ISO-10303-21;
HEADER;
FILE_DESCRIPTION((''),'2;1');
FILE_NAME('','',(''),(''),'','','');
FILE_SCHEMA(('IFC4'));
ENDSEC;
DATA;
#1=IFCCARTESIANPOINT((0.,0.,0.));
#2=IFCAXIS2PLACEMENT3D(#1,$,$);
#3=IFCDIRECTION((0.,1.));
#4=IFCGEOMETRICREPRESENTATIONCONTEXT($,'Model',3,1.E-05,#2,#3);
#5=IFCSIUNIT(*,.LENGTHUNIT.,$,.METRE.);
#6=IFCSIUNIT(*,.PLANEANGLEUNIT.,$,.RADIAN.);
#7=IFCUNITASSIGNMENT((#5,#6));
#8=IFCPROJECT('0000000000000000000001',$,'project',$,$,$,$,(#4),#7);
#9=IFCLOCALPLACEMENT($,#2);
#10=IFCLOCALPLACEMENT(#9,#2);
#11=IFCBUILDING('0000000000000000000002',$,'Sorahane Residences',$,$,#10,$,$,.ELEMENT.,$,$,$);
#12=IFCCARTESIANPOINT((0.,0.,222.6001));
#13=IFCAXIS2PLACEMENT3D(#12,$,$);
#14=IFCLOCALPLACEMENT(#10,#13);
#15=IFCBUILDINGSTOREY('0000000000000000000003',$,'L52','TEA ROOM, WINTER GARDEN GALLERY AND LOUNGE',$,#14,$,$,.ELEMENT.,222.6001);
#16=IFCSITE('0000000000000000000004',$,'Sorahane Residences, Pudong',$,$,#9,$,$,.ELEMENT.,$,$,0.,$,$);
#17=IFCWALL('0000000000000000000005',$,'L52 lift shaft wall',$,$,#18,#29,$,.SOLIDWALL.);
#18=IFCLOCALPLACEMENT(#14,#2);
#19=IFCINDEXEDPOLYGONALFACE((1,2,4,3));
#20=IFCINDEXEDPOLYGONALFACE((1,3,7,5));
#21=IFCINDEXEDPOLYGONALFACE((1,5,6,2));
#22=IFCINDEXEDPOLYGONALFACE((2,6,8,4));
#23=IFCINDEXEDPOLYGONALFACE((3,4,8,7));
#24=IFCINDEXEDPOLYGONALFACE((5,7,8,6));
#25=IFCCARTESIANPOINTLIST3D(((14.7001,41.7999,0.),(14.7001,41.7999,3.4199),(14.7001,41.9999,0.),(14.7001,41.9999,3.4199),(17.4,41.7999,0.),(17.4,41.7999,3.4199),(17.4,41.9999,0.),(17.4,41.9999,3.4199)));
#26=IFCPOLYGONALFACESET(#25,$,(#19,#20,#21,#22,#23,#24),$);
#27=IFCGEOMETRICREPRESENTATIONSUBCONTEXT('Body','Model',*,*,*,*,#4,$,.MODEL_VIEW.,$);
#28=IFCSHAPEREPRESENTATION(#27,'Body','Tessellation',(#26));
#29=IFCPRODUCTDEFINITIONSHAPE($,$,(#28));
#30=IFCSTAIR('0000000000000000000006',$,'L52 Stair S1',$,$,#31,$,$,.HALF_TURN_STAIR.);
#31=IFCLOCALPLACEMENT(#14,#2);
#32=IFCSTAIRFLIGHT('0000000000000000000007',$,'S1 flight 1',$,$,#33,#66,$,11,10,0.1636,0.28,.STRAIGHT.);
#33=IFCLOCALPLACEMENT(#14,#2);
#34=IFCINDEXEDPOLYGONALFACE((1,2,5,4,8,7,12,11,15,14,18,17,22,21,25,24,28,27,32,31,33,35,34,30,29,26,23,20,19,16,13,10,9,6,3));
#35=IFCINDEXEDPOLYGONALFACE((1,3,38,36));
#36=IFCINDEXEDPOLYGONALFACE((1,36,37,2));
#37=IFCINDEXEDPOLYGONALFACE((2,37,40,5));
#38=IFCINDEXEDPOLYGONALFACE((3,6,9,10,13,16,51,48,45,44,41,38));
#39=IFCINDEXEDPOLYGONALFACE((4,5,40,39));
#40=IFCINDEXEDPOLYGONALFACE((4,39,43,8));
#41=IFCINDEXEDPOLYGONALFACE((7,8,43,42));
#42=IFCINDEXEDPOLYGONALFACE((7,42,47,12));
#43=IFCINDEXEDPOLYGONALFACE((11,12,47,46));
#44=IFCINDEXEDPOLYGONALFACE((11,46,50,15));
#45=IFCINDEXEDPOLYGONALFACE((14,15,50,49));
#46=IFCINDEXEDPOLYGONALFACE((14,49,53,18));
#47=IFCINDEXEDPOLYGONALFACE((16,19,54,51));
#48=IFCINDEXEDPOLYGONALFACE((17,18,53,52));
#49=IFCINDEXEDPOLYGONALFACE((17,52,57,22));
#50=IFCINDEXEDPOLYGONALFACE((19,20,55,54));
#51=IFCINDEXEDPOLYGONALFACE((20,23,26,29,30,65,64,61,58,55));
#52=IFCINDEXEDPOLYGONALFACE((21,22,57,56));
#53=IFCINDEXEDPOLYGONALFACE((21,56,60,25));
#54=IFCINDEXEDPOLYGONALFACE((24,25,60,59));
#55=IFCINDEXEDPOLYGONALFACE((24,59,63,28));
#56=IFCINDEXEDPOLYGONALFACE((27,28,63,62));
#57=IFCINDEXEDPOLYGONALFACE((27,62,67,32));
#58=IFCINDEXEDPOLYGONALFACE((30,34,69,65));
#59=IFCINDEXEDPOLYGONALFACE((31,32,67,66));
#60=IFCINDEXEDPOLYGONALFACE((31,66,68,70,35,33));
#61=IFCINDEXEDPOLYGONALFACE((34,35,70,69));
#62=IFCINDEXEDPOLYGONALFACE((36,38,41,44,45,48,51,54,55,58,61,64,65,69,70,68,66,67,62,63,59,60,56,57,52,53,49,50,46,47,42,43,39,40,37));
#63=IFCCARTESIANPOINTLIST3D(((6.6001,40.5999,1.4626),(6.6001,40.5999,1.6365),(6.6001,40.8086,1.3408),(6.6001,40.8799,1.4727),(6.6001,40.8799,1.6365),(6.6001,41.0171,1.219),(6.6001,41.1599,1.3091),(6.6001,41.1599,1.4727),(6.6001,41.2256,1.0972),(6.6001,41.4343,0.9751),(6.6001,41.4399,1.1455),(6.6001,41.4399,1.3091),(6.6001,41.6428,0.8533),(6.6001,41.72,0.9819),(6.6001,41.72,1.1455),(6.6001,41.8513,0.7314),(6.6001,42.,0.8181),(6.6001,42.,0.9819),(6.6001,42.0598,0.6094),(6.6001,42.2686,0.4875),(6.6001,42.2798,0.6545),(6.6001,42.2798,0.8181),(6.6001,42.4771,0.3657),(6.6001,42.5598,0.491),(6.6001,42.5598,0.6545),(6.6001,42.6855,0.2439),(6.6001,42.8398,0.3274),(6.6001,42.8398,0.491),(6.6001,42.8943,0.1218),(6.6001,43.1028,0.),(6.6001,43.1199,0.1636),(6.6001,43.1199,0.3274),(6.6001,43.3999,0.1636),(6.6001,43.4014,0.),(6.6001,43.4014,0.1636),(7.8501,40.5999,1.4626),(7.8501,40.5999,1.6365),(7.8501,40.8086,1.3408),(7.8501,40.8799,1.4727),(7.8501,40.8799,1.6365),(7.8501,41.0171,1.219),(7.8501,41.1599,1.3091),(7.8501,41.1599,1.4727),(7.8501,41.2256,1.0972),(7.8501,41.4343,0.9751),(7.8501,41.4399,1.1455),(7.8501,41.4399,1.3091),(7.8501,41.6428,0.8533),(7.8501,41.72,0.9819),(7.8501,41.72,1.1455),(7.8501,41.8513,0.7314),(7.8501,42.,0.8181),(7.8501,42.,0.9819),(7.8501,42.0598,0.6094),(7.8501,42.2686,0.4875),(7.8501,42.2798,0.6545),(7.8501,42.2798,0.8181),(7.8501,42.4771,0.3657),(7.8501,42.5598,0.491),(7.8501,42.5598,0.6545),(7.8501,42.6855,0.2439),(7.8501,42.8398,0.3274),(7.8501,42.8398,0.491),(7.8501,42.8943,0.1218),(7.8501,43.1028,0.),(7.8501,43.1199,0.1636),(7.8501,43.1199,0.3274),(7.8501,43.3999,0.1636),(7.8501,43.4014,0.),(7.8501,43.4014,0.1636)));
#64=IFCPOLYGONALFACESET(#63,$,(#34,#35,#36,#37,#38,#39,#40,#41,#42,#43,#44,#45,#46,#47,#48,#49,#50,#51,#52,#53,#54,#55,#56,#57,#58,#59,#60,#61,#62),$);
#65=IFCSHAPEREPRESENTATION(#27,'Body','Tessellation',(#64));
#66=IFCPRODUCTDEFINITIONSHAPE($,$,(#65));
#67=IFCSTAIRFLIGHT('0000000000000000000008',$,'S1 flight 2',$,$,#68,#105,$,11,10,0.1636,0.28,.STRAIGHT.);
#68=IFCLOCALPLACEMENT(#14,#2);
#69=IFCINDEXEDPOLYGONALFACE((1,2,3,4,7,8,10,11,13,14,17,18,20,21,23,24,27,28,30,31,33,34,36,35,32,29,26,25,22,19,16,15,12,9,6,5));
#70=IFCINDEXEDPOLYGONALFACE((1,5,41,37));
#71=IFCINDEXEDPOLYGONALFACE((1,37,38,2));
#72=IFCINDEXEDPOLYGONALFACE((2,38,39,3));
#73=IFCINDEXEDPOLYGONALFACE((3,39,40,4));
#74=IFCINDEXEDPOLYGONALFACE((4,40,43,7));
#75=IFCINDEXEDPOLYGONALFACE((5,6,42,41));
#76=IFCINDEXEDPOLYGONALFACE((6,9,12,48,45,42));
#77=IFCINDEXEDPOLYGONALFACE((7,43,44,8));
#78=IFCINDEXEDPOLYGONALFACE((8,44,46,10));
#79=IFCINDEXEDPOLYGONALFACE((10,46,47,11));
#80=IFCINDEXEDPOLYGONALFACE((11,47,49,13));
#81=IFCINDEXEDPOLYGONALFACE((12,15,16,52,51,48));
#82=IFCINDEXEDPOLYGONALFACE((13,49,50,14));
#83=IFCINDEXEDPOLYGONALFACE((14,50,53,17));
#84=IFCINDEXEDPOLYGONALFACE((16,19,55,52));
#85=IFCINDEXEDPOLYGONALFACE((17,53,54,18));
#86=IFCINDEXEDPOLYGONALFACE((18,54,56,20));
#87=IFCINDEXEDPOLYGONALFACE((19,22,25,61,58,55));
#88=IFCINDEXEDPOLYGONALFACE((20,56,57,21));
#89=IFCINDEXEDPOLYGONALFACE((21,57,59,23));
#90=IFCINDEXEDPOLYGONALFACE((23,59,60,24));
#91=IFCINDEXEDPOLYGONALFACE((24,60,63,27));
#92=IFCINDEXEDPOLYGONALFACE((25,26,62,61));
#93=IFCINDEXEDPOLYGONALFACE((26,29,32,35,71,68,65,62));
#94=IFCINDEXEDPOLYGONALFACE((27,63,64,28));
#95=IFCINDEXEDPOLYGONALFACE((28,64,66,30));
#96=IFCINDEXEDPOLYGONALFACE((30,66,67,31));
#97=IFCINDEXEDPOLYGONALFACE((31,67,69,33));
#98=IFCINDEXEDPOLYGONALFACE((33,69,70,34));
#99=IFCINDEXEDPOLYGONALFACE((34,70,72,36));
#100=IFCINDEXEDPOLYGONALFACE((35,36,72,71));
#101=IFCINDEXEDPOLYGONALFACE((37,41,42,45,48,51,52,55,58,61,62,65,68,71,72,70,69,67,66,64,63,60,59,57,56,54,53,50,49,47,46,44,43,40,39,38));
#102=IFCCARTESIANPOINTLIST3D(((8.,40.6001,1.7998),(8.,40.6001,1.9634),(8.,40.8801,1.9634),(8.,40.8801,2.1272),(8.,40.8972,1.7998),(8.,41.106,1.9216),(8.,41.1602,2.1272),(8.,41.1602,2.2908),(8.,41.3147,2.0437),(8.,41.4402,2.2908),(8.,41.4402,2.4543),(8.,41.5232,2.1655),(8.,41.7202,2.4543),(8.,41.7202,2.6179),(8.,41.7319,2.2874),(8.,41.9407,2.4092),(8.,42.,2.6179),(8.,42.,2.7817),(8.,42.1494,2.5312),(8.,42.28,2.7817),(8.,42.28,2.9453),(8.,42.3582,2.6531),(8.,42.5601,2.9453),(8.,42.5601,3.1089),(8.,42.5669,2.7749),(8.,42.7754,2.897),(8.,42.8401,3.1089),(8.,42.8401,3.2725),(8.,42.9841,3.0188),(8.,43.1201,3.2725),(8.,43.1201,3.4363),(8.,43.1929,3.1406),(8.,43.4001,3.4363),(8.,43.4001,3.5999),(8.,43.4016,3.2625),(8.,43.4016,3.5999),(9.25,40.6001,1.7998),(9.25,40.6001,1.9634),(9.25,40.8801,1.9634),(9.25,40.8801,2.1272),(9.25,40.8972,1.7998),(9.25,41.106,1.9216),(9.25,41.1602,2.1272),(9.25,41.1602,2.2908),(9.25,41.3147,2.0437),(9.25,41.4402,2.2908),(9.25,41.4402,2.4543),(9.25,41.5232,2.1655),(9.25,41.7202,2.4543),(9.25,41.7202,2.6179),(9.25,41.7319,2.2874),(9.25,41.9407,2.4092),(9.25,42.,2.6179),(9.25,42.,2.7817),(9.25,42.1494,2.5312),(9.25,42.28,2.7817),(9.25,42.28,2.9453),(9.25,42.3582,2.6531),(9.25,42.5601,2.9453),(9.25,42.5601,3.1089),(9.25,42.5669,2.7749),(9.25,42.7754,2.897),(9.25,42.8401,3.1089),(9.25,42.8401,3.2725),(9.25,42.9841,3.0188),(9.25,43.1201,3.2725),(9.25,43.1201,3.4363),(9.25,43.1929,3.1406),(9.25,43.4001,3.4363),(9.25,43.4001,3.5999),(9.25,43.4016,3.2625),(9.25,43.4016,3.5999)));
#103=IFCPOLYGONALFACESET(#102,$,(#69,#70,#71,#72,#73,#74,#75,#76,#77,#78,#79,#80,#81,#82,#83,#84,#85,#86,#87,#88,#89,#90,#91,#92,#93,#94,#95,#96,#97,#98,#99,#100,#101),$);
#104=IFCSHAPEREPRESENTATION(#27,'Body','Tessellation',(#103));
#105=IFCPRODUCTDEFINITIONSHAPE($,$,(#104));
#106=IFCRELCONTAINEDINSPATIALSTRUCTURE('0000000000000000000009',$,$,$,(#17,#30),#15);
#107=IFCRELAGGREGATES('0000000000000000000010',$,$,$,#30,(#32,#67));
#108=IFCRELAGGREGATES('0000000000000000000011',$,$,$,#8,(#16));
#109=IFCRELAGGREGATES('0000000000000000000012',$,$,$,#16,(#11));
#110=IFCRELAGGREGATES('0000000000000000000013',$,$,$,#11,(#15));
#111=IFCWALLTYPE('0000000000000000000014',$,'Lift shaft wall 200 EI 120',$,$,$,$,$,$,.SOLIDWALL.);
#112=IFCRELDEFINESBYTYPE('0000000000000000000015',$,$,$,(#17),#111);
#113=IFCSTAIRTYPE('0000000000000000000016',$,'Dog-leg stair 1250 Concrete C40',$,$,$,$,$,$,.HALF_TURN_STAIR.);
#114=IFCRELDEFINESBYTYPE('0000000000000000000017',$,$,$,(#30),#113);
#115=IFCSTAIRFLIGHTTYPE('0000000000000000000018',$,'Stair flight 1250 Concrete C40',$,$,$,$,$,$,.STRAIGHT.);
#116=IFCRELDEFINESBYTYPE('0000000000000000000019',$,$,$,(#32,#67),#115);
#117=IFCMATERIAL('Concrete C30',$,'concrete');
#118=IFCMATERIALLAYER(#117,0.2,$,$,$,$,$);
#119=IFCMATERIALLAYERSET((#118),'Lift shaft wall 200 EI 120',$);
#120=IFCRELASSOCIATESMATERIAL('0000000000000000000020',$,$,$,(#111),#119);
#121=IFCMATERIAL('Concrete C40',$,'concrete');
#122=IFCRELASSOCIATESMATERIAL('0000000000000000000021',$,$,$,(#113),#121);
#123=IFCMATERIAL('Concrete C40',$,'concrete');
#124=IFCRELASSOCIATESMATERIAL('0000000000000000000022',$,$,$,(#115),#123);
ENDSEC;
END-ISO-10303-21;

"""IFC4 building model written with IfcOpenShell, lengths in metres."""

from ifc_helpers import new_model, si_unit, direction, frame, frame_2d, origin, place, context, subcontext, project, spatial, polyline, rectangle, outline, extrude, material, layer, layer_set, type_object, element, aggregate, save


model = new_model("IFC4")

# Units and contexts
model_context = context("Model", 3, precision=1e-05, world=origin(), true_north=direction((0.0, 1.0)))
body_context = subcontext(model_context, "Body", "Model", "MODEL_VIEW")
ifc_project = project(units=[si_unit("LENGTHUNIT", "METRE"), si_unit("PLANEANGLEUNIT", "RADIAN")], contexts=[model_context])

# Site, building, storey
site_placement = place(None, origin())
site = spatial("IfcSite", under=ifc_project, at=site_placement, Name="Sorahane Residences, Pudong", CompositionType="ELEMENT", RefElevation=0.0)
building_placement = place(site_placement, origin())
building = spatial("IfcBuilding", under=site, at=building_placement, Name="Sorahane Residences", CompositionType="ELEMENT")
storey_placement = place(building_placement, frame((0.0, 0.0, 222.6001)))
storey = spatial("IfcBuildingStorey", under=building, at=storey_placement, Name="L52", Description="TEA ROOM, WINTER GARDEN GALLERY AND LOUNGE", CompositionType="ELEMENT", Elevation=222.6001)

# Wall
ifc_material_1 = material(Name="Concrete C30", Category="concrete")
ifc_layer_1 = layer(ifc_material_1, 0.2)
ifc_layer_set_1 = layer_set([ifc_layer_1], Name="Lift shaft wall 200 EI 120")
wall_type_1 = type_object("IfcWallType", Name="Lift shaft wall 200 EI 120", PredefinedType="SOLIDWALL", material=ifc_layer_set_1)
wall_1_placement = place(storey_placement, frame((14.7, 41.8999, 0.0), z_axis=(0.0, 0.0, 1.0), x_axis=(1.0, 0.0, 0.0)))
element("IfcWall", 1, at=wall_1_placement, inside=storey, type_object=wall_type_1, Name="L52 lift shaft wall", PredefinedType="SOLIDWALL", context=body_context, shape_type="SweptSolid", body=[
    extrude(rectangle(XDim=2.7, YDim=0.2, at=frame_2d((1.3501, 0.0))), origin(), (0.0, 0.0, 1.0), 3.4199),
])

# Stair, stair flights
ifc_material_2 = material(Name="Concrete C40", Category="concrete")
stair_type = type_object("IfcStairType", Name="Dog-leg stair 1250 Concrete C40", PredefinedType="HALF_TURN_STAIR", material=ifc_material_2)
stair_placement = place(storey_placement, origin())
stair = element("IfcStair", 2, at=stair_placement, inside=storey, type_object=stair_type, Name="L52 Stair S1", PredefinedType="HALF_TURN_STAIR")
ifc_material_3 = material(Name="Concrete C40", Category="concrete")
stair_flight_type = type_object("IfcStairFlightType", Name="Stair flight 1250 Concrete C40", PredefinedType="STRAIGHT", material=ifc_material_3)
stair_flight_1_placement = place(storey_placement, frame((7.2251, 43.3999, 0.0), z_axis=(0.0, 0.0, 1.0), x_axis=(0.0, -1.0, 0.0)))
stair_flight_1 = element("IfcStairFlight", 3, at=stair_flight_1_placement, type_object=stair_flight_type, Name="S1 flight 1", NumberOfRisers=11, NumberOfTreads=10, PredefinedType="STRAIGHT", RiserHeight=0.1636, TreadLength=0.28, context=body_context, shape_type="SweptSolid", body=[
    extrude(outline(polyline([(-0.0015, 0.0), (-0.0015, 0.1636), (0.0, 0.1636), (0.28, 0.1636), (0.28, 0.3274), (0.5601, 0.3274), (0.5601, 0.491), (0.8401, 0.491), (0.8401, 0.6545), (1.1201, 0.6545), (1.1201, 0.8181), (1.3999, 0.8181), (1.3999, 0.9819), (1.6799, 0.9819), (1.6799, 1.1455), (1.96, 1.1455), (1.96, 1.3091), (2.24, 1.3091), (2.24, 1.4727), (2.52, 1.4727), (2.52, 1.6365), (2.8, 1.6365), (2.8, 1.8), (2.8, 1.4626), (2.5913, 1.3408), (2.3828, 1.219), (2.1743, 1.0972), (1.9656, 0.9751), (1.7571, 0.8533), (1.5486, 0.7314), (1.3401, 0.6094), (1.1313, 0.4875), (0.9229, 0.3657), (0.7144, 0.2439), (0.5056, 0.1218), (0.2971, 0.0), (-0.0015, 0.0)])), frame((0.0, 0.625, 0.0), z_axis=(0.0, -1.0, 0.0), x_axis=(1.0, 0.0, 0.0)), (0.0, 0.0, 1.0), 1.25),
])
stair_flight_2_placement = place(storey_placement, frame((8.625, 40.6001, 1.7998), z_axis=(0.0, 0.0, 1.0), x_axis=(0.0, 1.0, 0.0)))
stair_flight_2 = element("IfcStairFlight", 4, at=stair_flight_2_placement, type_object=stair_flight_type, Name="S1 flight 2", NumberOfRisers=11, NumberOfTreads=10, PredefinedType="STRAIGHT", RiserHeight=0.1636, TreadLength=0.28, context=body_context, shape_type="SweptSolid", body=[
    extrude(outline(polyline([(0.0, 0.0), (0.0, 0.1636), (0.28, 0.1636), (0.28, 0.3274), (0.5601, 0.3274), (0.5601, 0.491), (0.8401, 0.491), (0.8401, 0.6545), (1.1201, 0.6545), (1.1201, 0.8181), (1.3999, 0.8181), (1.3999, 0.9819), (1.6799, 0.9819), (1.6799, 1.1455), (1.96, 1.1455), (1.96, 1.3091), (2.24, 1.3091), (2.24, 1.4727), (2.52, 1.4727), (2.52, 1.6365), (2.8, 1.6365), (2.8, 1.8), (2.8015, 1.8), (2.8015, 1.4626), (2.5928, 1.3408), (2.384, 1.219), (2.1753, 1.0972), (1.9668, 0.9751), (1.7581, 0.8533), (1.5493, 0.7314), (1.3406, 0.6094), (1.1318, 0.4875), (0.9231, 0.3657), (0.7146, 0.2439), (0.5059, 0.1218), (0.2971, 0.0), (0.0, 0.0)])), frame((0.0, 0.625, 0.0), z_axis=(0.0, -1.0, 0.0), x_axis=(1.0, 0.0, 0.0)), (0.0, 0.0, 1.0), 1.25),
])
aggregate(stair, [stair_flight_1, stair_flight_2])

save(model, "model.ifc")
